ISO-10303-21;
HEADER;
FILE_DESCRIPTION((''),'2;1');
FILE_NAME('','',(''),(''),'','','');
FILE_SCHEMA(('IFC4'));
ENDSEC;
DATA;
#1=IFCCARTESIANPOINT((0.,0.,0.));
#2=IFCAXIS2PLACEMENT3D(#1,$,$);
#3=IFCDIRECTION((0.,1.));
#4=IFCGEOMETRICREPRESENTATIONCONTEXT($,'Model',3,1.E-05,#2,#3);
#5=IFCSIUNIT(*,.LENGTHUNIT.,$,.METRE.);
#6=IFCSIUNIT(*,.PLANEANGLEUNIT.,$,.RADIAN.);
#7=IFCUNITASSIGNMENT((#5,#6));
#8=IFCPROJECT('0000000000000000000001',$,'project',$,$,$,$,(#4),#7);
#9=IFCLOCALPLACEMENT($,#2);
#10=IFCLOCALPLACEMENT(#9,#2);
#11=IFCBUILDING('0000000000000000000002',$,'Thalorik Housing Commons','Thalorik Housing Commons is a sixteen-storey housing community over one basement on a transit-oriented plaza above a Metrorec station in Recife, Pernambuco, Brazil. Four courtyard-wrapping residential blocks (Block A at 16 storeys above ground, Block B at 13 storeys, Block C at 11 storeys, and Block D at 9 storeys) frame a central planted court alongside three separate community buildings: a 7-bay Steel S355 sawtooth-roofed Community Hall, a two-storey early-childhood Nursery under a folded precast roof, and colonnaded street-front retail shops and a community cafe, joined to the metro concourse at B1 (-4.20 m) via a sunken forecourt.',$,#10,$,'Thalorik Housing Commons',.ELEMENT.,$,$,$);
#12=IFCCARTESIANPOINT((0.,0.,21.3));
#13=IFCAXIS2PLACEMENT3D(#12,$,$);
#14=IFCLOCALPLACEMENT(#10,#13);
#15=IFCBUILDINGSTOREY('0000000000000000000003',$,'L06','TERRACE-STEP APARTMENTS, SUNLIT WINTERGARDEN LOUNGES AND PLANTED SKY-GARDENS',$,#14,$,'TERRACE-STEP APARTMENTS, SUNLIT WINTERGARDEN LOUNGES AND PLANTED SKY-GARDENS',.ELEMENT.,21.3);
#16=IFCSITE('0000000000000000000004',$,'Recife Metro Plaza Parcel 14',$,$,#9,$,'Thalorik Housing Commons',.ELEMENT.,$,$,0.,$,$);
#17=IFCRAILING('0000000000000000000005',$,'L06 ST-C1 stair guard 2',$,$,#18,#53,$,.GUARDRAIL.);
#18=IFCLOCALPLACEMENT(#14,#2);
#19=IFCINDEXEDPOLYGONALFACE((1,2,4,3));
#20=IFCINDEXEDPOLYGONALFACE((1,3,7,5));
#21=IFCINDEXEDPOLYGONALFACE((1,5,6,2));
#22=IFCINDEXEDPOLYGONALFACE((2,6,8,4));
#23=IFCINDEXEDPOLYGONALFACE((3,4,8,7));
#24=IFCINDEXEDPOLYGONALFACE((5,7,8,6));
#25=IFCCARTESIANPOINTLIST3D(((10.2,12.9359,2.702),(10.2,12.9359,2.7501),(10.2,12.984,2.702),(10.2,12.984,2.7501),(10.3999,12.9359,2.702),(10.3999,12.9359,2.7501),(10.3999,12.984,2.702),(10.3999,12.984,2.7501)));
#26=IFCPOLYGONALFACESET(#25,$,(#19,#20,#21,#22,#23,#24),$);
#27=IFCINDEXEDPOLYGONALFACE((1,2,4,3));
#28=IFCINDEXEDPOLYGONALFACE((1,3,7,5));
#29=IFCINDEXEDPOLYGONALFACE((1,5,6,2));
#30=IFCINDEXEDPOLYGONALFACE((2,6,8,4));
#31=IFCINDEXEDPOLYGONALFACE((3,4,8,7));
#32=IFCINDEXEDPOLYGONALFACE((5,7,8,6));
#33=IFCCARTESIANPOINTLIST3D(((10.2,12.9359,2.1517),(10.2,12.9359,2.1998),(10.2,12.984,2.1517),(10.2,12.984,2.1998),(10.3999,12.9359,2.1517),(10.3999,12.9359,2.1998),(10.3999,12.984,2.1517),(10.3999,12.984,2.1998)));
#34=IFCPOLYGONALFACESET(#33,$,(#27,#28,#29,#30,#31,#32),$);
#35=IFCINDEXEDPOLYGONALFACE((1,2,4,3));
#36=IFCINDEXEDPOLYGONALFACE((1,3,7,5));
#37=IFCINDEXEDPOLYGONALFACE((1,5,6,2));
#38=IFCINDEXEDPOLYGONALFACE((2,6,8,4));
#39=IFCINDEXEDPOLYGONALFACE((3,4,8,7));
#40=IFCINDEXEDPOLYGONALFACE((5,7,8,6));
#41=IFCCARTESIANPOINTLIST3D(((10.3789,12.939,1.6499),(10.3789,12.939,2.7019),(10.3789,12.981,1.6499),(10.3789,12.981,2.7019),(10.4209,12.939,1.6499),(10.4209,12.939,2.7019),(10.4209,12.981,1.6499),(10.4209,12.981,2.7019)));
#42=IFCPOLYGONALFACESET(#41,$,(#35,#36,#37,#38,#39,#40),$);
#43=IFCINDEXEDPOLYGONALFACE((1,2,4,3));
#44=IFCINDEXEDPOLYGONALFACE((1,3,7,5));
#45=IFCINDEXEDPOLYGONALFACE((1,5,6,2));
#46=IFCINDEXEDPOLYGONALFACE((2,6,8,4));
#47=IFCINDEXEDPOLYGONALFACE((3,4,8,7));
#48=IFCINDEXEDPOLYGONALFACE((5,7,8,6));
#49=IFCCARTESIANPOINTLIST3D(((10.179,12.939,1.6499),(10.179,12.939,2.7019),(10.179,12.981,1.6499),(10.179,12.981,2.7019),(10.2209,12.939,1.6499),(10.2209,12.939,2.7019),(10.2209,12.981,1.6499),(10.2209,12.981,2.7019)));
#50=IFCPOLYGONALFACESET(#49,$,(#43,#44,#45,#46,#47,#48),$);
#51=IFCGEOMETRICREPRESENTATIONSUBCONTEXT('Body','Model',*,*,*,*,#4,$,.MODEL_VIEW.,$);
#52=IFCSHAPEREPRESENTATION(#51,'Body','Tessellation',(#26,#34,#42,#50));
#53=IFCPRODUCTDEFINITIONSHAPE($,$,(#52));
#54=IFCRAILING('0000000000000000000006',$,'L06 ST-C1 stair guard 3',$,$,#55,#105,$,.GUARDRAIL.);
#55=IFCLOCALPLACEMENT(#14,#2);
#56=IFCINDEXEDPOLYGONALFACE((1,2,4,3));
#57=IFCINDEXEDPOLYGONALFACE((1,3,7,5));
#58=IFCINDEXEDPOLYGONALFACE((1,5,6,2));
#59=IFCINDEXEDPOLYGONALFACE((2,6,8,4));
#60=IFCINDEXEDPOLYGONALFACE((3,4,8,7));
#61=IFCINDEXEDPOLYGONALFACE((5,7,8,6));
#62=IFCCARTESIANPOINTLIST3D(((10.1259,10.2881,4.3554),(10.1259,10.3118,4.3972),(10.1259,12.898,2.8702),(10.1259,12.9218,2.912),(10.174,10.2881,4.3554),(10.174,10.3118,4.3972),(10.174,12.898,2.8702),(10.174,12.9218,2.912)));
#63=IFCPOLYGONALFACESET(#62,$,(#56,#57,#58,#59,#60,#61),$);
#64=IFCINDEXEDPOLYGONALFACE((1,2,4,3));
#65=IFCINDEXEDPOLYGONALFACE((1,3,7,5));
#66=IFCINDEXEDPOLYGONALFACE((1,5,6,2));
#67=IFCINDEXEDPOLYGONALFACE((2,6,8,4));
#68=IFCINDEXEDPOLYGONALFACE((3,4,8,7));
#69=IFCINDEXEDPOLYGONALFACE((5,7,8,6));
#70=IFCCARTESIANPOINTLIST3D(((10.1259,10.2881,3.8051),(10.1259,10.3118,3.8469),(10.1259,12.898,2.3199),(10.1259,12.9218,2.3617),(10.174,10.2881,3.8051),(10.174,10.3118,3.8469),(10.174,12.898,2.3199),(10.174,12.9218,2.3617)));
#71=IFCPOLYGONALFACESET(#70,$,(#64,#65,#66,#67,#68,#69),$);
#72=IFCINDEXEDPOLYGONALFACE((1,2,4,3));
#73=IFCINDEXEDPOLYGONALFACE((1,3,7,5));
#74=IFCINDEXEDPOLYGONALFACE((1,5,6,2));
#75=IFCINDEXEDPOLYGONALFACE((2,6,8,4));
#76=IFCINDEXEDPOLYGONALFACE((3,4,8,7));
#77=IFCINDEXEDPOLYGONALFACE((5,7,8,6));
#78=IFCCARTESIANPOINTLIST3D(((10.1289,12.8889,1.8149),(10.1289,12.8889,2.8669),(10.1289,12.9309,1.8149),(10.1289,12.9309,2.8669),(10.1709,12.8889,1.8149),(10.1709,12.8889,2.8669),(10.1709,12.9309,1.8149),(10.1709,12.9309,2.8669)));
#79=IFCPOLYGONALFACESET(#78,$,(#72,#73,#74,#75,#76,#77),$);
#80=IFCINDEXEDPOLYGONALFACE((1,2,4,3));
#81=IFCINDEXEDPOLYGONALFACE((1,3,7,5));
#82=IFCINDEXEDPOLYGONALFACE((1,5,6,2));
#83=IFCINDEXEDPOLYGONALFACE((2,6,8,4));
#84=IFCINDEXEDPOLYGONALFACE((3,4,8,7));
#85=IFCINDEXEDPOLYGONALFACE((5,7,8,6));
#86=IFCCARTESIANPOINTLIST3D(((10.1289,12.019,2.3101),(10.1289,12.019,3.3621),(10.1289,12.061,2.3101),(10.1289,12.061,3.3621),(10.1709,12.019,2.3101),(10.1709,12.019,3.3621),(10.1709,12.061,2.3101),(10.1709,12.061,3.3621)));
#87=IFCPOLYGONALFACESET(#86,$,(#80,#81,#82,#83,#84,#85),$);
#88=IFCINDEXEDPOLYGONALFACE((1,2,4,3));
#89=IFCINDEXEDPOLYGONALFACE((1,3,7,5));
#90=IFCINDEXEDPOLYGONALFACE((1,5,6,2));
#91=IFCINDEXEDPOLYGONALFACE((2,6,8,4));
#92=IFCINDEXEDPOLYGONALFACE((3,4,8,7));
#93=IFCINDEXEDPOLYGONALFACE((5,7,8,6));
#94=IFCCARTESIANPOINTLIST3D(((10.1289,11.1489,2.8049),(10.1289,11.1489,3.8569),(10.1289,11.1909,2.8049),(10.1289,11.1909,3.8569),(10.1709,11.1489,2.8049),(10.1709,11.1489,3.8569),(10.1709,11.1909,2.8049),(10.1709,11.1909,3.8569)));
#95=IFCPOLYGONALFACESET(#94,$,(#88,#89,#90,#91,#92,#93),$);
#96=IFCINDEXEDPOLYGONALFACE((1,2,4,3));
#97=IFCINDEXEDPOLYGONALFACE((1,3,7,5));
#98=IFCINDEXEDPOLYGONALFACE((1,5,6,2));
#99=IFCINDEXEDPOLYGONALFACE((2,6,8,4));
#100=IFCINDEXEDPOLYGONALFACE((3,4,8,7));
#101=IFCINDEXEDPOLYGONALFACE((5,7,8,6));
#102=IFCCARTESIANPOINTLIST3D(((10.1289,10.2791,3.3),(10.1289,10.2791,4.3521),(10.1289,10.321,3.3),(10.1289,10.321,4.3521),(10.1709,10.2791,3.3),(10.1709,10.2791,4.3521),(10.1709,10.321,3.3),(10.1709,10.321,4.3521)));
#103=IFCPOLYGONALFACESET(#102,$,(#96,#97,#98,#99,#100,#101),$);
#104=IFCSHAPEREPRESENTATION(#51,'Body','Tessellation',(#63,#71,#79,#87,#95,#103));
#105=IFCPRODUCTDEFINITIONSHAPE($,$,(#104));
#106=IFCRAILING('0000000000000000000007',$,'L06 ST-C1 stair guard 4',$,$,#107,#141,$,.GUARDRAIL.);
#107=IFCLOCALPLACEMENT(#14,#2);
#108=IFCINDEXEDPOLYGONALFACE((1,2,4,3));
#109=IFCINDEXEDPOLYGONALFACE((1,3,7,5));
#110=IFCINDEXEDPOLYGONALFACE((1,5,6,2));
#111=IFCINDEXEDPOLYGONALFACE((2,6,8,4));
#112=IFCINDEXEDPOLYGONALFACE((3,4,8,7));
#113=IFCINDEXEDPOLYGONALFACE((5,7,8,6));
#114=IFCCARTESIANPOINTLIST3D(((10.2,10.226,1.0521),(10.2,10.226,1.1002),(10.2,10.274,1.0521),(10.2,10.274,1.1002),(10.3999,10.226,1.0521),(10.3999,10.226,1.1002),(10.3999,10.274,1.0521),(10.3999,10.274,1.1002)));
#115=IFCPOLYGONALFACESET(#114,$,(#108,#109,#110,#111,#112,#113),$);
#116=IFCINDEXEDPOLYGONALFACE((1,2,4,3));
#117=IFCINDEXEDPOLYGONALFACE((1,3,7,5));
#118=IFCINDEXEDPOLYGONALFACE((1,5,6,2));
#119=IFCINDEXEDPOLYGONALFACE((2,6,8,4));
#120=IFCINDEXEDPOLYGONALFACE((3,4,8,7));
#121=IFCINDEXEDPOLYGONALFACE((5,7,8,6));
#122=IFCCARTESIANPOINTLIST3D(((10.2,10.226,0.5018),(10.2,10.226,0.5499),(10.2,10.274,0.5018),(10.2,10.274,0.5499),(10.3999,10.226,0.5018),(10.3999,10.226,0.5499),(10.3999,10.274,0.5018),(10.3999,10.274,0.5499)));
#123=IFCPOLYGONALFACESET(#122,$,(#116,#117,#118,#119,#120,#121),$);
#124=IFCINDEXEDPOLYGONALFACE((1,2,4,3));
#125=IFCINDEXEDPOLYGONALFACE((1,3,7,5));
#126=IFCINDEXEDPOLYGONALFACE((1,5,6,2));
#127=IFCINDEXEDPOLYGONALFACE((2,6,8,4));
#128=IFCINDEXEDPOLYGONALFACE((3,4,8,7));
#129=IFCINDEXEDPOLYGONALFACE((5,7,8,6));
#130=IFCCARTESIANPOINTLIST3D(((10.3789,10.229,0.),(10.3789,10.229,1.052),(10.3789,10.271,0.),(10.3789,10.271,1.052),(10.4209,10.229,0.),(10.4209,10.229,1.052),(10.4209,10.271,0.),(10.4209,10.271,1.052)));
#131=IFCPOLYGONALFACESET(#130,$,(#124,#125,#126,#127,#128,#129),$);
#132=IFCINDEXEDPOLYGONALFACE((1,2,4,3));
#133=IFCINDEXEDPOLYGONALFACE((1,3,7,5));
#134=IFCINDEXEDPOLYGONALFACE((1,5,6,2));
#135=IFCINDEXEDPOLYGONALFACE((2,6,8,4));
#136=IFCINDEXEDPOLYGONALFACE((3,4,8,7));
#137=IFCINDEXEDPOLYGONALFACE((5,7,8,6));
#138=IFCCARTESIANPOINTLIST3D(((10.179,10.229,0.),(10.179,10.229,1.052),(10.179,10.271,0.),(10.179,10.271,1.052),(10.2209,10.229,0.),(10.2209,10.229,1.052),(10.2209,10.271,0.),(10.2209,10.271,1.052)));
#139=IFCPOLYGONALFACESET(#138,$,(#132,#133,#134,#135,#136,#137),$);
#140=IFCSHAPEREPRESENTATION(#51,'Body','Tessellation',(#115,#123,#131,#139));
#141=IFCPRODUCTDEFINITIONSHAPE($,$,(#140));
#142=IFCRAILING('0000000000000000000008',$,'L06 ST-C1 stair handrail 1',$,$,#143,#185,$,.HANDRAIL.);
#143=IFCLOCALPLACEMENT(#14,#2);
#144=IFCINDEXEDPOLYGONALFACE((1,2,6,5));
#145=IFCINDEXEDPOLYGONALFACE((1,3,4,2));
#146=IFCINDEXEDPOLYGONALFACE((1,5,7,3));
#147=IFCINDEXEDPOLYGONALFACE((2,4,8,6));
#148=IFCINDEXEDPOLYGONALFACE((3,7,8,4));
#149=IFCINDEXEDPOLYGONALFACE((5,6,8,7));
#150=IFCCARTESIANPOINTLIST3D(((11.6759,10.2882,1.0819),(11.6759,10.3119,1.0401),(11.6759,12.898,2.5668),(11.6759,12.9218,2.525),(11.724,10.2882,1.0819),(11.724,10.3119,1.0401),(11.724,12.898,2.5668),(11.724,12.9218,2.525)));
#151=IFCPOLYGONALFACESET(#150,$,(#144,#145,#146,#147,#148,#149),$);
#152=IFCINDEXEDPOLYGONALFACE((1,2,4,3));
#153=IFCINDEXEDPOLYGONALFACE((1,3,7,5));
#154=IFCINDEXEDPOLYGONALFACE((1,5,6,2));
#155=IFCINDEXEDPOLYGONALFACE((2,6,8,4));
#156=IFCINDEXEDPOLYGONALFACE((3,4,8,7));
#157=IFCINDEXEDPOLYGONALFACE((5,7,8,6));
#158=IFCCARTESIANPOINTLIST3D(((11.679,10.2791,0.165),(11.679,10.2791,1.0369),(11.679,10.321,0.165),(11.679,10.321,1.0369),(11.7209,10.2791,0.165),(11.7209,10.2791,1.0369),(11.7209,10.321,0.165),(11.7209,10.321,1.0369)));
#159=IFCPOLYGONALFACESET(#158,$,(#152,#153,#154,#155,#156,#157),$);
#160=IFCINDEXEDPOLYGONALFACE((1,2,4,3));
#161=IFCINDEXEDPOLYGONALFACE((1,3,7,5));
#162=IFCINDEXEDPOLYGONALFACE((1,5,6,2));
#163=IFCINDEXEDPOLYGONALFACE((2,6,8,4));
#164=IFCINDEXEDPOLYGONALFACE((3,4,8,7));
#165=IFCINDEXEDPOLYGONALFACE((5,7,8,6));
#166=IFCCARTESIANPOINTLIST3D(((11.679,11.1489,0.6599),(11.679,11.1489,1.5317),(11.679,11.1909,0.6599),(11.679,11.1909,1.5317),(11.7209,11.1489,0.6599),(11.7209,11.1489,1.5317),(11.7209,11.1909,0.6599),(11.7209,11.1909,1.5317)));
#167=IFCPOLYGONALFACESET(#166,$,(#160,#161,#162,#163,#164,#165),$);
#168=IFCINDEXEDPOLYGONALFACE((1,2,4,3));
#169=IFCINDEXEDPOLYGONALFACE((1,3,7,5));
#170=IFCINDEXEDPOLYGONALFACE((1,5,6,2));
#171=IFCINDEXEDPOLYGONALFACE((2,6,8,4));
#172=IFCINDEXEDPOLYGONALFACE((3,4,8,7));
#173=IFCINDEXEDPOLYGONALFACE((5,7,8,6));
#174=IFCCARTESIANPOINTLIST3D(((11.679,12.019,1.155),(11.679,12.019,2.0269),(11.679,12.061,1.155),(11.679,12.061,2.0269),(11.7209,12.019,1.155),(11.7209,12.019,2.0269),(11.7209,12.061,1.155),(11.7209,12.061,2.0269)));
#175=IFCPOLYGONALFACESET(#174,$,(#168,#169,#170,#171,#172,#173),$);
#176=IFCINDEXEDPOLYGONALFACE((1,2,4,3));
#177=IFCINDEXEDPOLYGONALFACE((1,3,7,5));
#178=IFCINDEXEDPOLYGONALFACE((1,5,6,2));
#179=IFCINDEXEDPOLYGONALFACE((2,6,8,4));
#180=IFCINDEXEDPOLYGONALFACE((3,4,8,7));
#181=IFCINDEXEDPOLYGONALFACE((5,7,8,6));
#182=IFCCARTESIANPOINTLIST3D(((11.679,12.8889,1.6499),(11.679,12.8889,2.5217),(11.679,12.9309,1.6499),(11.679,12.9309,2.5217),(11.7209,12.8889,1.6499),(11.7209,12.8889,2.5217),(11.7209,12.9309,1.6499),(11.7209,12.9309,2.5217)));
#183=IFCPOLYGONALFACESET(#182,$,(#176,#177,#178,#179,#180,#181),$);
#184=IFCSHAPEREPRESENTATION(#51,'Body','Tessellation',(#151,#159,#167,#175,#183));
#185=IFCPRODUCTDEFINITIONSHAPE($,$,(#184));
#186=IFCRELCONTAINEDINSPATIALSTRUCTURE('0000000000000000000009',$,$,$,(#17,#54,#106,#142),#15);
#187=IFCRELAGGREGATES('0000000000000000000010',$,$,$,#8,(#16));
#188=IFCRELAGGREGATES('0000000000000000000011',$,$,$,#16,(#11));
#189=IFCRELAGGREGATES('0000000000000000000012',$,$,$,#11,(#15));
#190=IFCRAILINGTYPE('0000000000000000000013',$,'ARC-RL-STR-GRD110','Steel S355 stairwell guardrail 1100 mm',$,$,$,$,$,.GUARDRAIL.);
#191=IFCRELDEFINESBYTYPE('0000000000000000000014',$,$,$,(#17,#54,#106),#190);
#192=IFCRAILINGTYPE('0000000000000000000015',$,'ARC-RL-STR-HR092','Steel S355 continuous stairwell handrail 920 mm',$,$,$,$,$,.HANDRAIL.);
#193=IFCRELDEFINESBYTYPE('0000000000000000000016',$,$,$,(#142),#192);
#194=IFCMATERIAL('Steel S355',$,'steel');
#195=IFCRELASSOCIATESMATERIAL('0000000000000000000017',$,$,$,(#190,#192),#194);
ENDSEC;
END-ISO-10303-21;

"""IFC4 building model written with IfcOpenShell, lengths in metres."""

from ifc_helpers import new_model, si_unit, direction, frame, origin, origin_2d, place, context, subcontext, project, spatial, rectangle, extrude, material, type_object, element, save


model = new_model("IFC4")

# Units and contexts
model_context = context("Model", 3, precision=1e-05, world=origin(), true_north=direction((0.0, 1.0)))
body_context = subcontext(model_context, "Body", "Model", "MODEL_VIEW")
ifc_project = project(units=[si_unit("LENGTHUNIT", "METRE"), si_unit("PLANEANGLEUNIT", "RADIAN")], contexts=[model_context])

# Site, building, storey
site_placement = place(None, origin())
site = spatial("IfcSite", under=ifc_project, at=site_placement, Name="Recife Metro Plaza Parcel 14", LongName="Thalorik Housing Commons", CompositionType="ELEMENT", RefElevation=0.0)
building_placement = place(site_placement, origin())
building = spatial("IfcBuilding", under=site, at=building_placement, Name="Thalorik Housing Commons", Description="Thalorik Housing Commons is a sixteen-storey housing community over one basement on a transit-oriented plaza above a Metrorec station in Recife, Pernambuco, Brazil. Four courtyard-wrapping residential blocks (Block A at 16 storeys above ground, Block B at 13 storeys, Block C at 11 storeys, and Block D at 9 storeys) frame a central planted court alongside three separate community buildings: a 7-bay Steel S355 sawtooth-roofed Community Hall, a two-storey early-childhood Nursery under a folded precast roof, and colonnaded street-front retail shops and a community cafe, joined to the metro concourse at B1 (-4.20 m) via a sunken forecourt.", LongName="Thalorik Housing Commons", CompositionType="ELEMENT")
storey_placement = place(building_placement, frame((0.0, 0.0, 21.3)))
storey = spatial("IfcBuildingStorey", under=building, at=storey_placement, Name="L06", Description="TERRACE-STEP APARTMENTS, SUNLIT WINTERGARDEN LOUNGES AND PLANTED SKY-GARDENS", LongName="TERRACE-STEP APARTMENTS, SUNLIT WINTERGARDEN LOUNGES AND PLANTED SKY-GARDENS", CompositionType="ELEMENT", Elevation=21.3)

# Shared definitions
ifc_material_1 = material(Name="Steel S355", Category="steel")

# Railings
railing_type_1 = type_object("IfcRailingType", Name="ARC-RL-STR-GRD110", Description="Steel S355 stairwell guardrail 1100 mm", PredefinedType="GUARDRAIL", material=ifc_material_1)
railing_1_placement = place(storey_placement, frame((10.3999, 12.96, 1.6499)))
element("IfcRailing", 1, at=railing_1_placement, inside=storey, type_object=railing_type_1, Name="L06 ST-C1 stair guard 2", PredefinedType="GUARDRAIL", context=body_context, shape_type="SweptSolid", body=[
    extrude(rectangle(XDim=0.0481, YDim=0.0481, at=origin_2d()), frame((0.0, 0.0, 1.0762), z_axis=(-1.0, 0.0, 0.0), x_axis=(0.0, -1.0, 0.0)), (0.0, 0.0, 1.0), 0.2),
    extrude(rectangle(XDim=0.0481, YDim=0.0481, at=origin_2d()), frame((0.0, 0.0, 0.5259), z_axis=(-1.0, 0.0, 0.0), x_axis=(0.0, -1.0, 0.0)), (0.0, 0.0, 1.0), 0.2),
    extrude(rectangle(XDim=0.042, YDim=0.042, at=origin_2d()), origin(), (0.0, 0.0, 1.0), 1.052),
    extrude(rectangle(XDim=0.042, YDim=0.042, at=origin_2d()), frame((-0.2, 0.0, 0.0)), (0.0, 0.0, 1.0), 1.052),
])
railing_2_placement = place(storey_placement, frame((10.1499, 12.9099, 1.8149)))
element("IfcRailing", 2, at=railing_2_placement, inside=storey, type_object=railing_type_1, Name="L06 ST-C1 stair guard 3", PredefinedType="GUARDRAIL", context=body_context, shape_type="SweptSolid", body=[
    extrude(rectangle(XDim=0.0481, YDim=0.0481, at=origin_2d()), frame((0.0, 0.0, 1.0762), z_axis=(0.0, -0.869137, 0.494571), x_axis=(1.0, 0.0, 0.0)), (0.0, 0.0, 1.0), 3.0029),
    extrude(rectangle(XDim=0.0481, YDim=0.0481, at=origin_2d()), frame((0.0, 0.0, 0.5259), z_axis=(0.0, -0.869137, 0.494571), x_axis=(1.0, 0.0, 0.0)), (0.0, 0.0, 1.0), 3.0029),
    extrude(rectangle(XDim=0.042, YDim=0.042, at=origin_2d()), origin(), (0.0, 0.0, 1.0), 1.052),
    extrude(rectangle(XDim=0.042, YDim=0.042, at=origin_2d()), frame((0.0, -0.8699, 0.4951)), (0.0, 0.0, 1.0), 1.052),
    extrude(rectangle(XDim=0.042, YDim=0.042, at=origin_2d()), frame((0.0, -1.74, 0.99)), (0.0, 0.0, 1.0), 1.052),
    extrude(rectangle(XDim=0.042, YDim=0.042, at=origin_2d()), frame((0.0, -2.6099, 1.4851)), (0.0, 0.0, 1.0), 1.052),
])
railing_3_placement = place(storey_placement, frame((10.3999, 10.25, 0.0)))
element("IfcRailing", 3, at=railing_3_placement, inside=storey, type_object=railing_type_1, Name="L06 ST-C1 stair guard 4", PredefinedType="GUARDRAIL", context=body_context, shape_type="SweptSolid", body=[
    extrude(rectangle(XDim=0.0481, YDim=0.0481, at=origin_2d()), frame((0.0, 0.0, 1.0762), z_axis=(-1.0, 0.0, 0.0), x_axis=(0.0, -1.0, 0.0)), (0.0, 0.0, 1.0), 0.2),
    extrude(rectangle(XDim=0.0481, YDim=0.0481, at=origin_2d()), frame((0.0, 0.0, 0.5259), z_axis=(-1.0, 0.0, 0.0), x_axis=(0.0, -1.0, 0.0)), (0.0, 0.0, 1.0), 0.2),
    extrude(rectangle(XDim=0.042, YDim=0.042, at=origin_2d()), origin(), (0.0, 0.0, 1.0), 1.052),
    extrude(rectangle(XDim=0.042, YDim=0.042, at=origin_2d()), frame((-0.2, 0.0, 0.0)), (0.0, 0.0, 1.0), 1.052),
])
railing_type_2 = type_object("IfcRailingType", Name="ARC-RL-STR-HR092", Description="Steel S355 continuous stairwell handrail 920 mm", PredefinedType="HANDRAIL", material=ifc_material_1)
railing_4_placement = place(storey_placement, frame((11.7, 10.3, 0.165)))
element("IfcRailing", 4, at=railing_4_placement, inside=storey, type_object=railing_type_2, Name="L06 ST-C1 stair handrail 1", PredefinedType="HANDRAIL", context=body_context, shape_type="SweptSolid", body=[
    extrude(rectangle(XDim=0.0481, YDim=0.0481, at=origin_2d()), frame((0.0, 0.0, 0.896), z_axis=(0.0, 0.869172, 0.494509), x_axis=(-1.0, 0.0, 0.0)), (0.0, 0.0, 1.0), 3.0027),
    extrude(rectangle(XDim=0.042, YDim=0.042, at=origin_2d()), origin(), (0.0, 0.0, 1.0), 0.8718),
    extrude(rectangle(XDim=0.042, YDim=0.042, at=origin_2d()), frame((0.0, 0.8699, 0.4949)), (0.0, 0.0, 1.0), 0.8718),
    extrude(rectangle(XDim=0.042, YDim=0.042, at=origin_2d()), frame((0.0, 1.74, 0.99)), (0.0, 0.0, 1.0), 0.8718),
    extrude(rectangle(XDim=0.042, YDim=0.042, at=origin_2d()), frame((0.0, 2.6099, 1.4849)), (0.0, 0.0, 1.0), 0.8718),
])

save(model, "model.ifc")
